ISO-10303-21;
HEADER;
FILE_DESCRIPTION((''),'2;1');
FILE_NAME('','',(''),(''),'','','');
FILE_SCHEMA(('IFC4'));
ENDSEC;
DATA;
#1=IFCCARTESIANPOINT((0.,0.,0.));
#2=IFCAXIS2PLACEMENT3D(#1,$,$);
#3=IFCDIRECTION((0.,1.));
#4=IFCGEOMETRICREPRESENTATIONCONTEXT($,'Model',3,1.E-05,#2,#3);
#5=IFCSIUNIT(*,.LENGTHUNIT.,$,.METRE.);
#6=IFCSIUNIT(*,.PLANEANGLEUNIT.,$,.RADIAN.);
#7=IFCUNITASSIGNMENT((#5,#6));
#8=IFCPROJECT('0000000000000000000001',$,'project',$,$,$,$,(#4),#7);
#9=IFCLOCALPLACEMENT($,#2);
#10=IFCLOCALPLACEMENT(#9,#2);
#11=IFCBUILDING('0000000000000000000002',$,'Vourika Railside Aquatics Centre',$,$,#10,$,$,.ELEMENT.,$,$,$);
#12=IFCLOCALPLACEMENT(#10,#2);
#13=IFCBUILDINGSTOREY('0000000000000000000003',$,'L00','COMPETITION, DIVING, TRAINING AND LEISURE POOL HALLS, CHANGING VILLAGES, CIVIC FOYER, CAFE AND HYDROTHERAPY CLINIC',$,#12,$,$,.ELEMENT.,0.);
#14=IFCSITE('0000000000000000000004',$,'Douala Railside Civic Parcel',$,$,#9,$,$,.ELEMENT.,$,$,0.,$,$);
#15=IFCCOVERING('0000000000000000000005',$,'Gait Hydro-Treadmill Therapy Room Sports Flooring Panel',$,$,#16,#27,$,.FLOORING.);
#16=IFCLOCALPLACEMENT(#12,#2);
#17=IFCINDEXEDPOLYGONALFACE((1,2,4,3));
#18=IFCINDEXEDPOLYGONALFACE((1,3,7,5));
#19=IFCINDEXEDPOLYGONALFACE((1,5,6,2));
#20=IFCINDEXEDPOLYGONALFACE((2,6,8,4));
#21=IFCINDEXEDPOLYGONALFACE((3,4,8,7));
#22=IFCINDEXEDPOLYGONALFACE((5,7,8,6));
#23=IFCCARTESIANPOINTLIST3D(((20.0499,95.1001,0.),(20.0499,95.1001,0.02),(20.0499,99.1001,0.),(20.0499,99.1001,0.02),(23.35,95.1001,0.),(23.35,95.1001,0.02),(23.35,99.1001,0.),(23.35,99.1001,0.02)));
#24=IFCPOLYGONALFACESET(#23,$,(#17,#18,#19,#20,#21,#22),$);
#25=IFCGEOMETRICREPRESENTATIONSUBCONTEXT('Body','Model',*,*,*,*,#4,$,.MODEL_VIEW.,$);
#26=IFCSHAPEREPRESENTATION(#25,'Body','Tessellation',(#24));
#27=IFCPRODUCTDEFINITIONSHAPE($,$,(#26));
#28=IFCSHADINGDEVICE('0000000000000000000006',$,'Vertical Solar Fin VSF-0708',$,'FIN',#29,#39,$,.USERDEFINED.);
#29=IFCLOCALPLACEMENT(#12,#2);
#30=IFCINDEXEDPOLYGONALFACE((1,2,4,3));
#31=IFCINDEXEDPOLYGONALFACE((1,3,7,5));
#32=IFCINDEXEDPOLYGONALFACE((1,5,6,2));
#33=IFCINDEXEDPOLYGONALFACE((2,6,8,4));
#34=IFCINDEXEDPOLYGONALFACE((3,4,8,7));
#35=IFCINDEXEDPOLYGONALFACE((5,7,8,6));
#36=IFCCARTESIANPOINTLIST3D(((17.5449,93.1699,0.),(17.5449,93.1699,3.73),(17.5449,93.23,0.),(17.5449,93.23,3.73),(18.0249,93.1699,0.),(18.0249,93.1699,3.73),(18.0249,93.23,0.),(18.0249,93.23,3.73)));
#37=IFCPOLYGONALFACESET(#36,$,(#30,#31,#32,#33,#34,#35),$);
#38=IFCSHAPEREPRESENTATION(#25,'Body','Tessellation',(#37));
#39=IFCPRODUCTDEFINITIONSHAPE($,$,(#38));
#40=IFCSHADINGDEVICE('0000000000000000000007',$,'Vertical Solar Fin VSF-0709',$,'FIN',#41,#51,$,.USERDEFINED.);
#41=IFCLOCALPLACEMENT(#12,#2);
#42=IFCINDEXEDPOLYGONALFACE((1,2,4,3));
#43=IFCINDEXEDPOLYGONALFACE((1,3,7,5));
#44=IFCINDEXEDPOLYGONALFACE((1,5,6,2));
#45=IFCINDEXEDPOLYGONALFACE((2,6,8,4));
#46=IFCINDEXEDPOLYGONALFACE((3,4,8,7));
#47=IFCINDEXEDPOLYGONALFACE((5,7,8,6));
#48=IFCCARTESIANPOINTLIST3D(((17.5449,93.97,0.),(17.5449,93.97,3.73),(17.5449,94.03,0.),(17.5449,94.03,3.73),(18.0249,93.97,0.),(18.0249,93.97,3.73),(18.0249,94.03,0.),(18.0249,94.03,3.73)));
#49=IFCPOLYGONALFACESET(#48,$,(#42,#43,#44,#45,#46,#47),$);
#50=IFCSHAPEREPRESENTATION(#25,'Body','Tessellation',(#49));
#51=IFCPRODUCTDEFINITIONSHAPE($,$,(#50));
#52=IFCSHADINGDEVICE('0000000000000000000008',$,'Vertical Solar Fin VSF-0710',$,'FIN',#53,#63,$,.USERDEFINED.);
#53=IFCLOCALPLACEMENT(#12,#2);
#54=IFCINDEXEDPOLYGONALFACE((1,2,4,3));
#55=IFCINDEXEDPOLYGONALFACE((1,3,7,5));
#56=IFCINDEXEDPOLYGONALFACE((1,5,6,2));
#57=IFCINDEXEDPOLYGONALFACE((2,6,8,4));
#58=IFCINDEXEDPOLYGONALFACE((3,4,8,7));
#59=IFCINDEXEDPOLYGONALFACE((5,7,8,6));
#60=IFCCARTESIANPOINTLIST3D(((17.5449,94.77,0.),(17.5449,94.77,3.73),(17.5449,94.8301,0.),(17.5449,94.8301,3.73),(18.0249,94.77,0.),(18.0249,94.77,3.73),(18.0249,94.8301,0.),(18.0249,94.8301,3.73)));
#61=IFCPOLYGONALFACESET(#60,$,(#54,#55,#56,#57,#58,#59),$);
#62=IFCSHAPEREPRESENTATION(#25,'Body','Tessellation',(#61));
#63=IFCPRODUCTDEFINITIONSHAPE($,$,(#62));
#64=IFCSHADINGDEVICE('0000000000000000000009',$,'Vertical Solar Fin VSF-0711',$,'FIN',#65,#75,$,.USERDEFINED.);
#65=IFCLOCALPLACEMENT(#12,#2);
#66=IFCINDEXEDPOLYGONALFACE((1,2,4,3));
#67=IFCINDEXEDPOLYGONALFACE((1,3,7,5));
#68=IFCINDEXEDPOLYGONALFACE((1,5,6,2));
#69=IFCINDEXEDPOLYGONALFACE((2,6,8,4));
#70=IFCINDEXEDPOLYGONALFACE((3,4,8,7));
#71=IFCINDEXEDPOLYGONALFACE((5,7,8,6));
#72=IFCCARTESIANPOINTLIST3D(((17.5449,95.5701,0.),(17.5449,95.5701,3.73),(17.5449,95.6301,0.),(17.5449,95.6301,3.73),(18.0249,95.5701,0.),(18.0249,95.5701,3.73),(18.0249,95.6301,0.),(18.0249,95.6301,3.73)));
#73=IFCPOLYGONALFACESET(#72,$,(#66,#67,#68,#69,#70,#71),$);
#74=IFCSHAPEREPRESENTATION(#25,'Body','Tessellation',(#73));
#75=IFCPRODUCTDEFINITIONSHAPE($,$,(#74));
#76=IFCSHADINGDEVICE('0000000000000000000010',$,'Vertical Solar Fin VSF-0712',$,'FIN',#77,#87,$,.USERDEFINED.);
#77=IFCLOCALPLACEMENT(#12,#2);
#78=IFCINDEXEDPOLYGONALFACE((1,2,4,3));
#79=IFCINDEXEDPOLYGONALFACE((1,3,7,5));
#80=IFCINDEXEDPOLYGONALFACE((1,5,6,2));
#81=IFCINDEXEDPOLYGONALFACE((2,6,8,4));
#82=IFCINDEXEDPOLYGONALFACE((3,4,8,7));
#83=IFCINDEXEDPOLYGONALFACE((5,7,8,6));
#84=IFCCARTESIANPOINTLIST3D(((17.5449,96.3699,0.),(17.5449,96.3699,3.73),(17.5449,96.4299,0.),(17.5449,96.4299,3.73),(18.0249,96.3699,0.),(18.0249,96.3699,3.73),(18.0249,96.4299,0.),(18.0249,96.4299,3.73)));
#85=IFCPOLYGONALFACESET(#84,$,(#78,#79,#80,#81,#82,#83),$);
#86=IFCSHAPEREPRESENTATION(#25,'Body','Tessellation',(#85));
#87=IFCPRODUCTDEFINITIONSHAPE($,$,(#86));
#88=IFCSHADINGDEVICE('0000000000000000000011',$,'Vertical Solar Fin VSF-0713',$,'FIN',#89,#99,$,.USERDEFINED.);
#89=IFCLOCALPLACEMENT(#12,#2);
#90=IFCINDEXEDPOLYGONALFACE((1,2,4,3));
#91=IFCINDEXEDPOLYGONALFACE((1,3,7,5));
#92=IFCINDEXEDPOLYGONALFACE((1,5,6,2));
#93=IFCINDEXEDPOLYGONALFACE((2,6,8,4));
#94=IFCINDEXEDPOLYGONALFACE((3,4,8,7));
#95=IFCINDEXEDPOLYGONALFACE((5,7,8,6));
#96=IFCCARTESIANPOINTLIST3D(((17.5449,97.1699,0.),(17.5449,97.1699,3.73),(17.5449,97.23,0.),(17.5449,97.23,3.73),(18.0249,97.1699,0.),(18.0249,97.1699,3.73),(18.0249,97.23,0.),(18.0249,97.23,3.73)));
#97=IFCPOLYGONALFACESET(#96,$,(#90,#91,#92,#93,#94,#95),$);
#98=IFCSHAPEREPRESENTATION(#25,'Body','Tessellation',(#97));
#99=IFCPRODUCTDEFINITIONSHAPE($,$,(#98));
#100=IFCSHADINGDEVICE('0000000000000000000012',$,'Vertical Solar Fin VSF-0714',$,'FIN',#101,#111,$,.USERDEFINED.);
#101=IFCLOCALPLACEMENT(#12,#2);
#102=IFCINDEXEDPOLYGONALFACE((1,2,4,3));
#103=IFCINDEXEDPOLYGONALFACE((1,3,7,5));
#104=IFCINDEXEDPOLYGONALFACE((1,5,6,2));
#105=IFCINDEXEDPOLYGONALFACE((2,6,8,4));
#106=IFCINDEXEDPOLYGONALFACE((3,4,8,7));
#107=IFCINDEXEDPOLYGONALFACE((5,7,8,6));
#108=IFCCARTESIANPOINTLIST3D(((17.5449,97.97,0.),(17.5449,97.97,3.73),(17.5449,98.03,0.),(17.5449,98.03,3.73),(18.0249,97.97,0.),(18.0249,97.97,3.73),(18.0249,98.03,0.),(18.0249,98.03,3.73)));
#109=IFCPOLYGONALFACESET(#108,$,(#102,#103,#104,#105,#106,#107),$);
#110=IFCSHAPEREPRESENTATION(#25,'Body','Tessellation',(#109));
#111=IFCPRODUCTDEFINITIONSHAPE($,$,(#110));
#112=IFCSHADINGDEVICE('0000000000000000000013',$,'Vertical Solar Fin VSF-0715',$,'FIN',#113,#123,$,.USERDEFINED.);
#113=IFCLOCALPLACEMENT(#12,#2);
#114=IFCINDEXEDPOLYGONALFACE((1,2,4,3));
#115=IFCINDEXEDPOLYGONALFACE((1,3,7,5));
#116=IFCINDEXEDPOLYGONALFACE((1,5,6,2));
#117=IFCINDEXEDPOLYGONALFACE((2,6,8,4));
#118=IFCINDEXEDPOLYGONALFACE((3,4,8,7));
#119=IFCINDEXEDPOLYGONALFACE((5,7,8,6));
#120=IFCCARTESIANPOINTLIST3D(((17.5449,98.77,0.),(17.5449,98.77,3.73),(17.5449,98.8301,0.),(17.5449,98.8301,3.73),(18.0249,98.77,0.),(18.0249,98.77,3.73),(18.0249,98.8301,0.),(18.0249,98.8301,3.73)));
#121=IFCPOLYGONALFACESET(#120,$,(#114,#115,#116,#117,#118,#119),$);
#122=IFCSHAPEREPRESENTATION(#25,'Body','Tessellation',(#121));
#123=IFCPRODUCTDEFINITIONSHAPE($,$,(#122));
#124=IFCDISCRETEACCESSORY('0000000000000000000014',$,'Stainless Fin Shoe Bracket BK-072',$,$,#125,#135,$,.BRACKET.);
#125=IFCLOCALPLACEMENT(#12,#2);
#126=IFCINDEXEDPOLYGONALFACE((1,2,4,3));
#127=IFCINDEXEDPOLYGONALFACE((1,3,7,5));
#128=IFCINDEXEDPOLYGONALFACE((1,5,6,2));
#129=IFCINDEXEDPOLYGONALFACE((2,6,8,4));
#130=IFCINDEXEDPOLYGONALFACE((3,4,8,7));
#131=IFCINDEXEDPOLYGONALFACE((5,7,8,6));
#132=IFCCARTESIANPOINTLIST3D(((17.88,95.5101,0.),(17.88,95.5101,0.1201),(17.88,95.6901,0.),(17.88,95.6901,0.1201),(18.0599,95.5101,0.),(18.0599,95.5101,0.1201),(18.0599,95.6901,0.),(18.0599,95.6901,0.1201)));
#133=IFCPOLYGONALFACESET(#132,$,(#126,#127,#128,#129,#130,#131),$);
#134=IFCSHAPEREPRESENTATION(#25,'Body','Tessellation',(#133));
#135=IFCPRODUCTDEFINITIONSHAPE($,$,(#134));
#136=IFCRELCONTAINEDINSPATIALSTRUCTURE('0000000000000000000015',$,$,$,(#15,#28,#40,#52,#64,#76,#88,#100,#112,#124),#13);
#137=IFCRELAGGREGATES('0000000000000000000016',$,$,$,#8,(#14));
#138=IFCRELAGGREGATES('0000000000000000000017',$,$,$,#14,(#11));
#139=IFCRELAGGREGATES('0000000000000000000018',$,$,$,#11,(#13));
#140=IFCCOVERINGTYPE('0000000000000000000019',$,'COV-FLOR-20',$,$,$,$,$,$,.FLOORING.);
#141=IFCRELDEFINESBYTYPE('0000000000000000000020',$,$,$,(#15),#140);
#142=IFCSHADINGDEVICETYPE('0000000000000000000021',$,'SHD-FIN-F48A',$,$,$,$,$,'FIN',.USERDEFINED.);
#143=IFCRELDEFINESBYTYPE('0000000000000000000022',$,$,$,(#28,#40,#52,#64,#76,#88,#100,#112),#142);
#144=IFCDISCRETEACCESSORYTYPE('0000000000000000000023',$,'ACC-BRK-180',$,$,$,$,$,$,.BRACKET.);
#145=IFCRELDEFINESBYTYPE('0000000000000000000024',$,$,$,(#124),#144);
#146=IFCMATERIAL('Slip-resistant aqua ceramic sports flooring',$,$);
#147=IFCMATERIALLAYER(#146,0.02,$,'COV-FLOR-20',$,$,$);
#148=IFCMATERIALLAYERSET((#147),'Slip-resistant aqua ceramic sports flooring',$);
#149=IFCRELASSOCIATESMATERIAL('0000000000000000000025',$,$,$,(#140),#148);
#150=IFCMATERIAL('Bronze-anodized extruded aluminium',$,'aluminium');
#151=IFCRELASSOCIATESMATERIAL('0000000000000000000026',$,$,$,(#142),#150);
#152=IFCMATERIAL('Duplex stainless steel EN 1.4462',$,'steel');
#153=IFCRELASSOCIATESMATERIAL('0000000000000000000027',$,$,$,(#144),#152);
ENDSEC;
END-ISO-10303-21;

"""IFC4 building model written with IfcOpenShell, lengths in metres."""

from ifc_helpers import new_model, si_unit, direction, frame, origin, origin_2d, place, context, subcontext, project, spatial, rectangle, extrude, material, layer, layer_set, material_profile, profile_set, type_object, element, save


model = new_model("IFC4")

# Units and contexts
model_context = context("Model", 3, precision=1e-05, world=origin(), true_north=direction((0.0, 1.0)))
body_context = subcontext(model_context, "Body", "Model", "MODEL_VIEW")
ifc_project = project(units=[si_unit("LENGTHUNIT", "METRE"), si_unit("PLANEANGLEUNIT", "RADIAN")], contexts=[model_context])

# Site, building, storey
site_placement = place(None, origin())
site = spatial("IfcSite", under=ifc_project, at=site_placement, Name="Douala Railside Civic Parcel", CompositionType="ELEMENT", RefElevation=0.0)
building_placement = place(site_placement, origin())
building = spatial("IfcBuilding", under=site, at=building_placement, Name="Vourika Railside Aquatics Centre", CompositionType="ELEMENT")
storey_placement = place(building_placement, origin())
storey = spatial("IfcBuildingStorey", under=building, at=storey_placement, Name="L00", Description="COMPETITION, DIVING, TRAINING AND LEISURE POOL HALLS, CHANGING VILLAGES, CIVIC FOYER, CAFE AND HYDROTHERAPY CLINIC", CompositionType="ELEMENT", Elevation=0.0)

# Covering
ifc_material_1 = material(Name="Slip-resistant aqua ceramic sports flooring")
ifc_layer_1 = layer(ifc_material_1, 0.02, Name="COV-FLOR-20")
ifc_layer_set_1 = layer_set([ifc_layer_1], Name="Slip-resistant aqua ceramic sports flooring")
covering_type_1 = type_object("IfcCoveringType", Name="COV-FLOR-20", PredefinedType="FLOORING", material=ifc_layer_set_1)
covering_1_placement = place(storey_placement, frame((21.7, 97.1001, 0.0), z_axis=(0.0, 0.0, 1.0), x_axis=(1.0, 0.0, 0.0)))
element("IfcCovering", 1, at=covering_1_placement, inside=storey, type_object=covering_type_1, Name="Gait Hydro-Treadmill Therapy Room Sports Flooring Panel", PredefinedType="FLOORING", context=body_context, shape_type="SweptSolid", body=[
    extrude(rectangle(XDim=3.3, YDim=4.0, at=origin_2d()), origin(), (0.0, 0.0, 1.0), 0.02),
])

# Shading devices
ifc_material_2 = material(Name="Bronze-anodized extruded aluminium", Category="aluminium")
ifc_material_profile_1 = material_profile(ifc_material_2, rectangle(XDim=0.0601, YDim=0.48, at=origin_2d()), Name="ALU-FIN 60x480")
ifc_profile_set_1 = profile_set([ifc_material_profile_1], Name="Bronze-anodized extruded aluminium")
shading_device_type = type_object("IfcShadingDeviceType", Name="SHD-FIN-F48A", ElementType="FIN", PredefinedType="USERDEFINED", material=ifc_profile_set_1)
for number, where, z_axis, x_axis, name in (
    (2, (17.7849, 93.2, 0.0), (0.0, 0.0, 1.0), (0.0, 1.0, 0.0), "Vertical Solar Fin VSF-0708"),
    (3, (17.7849, 94.0, 0.0), (0.0, 0.0, 1.0), (0.0, 1.0, 0.0), "Vertical Solar Fin VSF-0709"),
    (4, (17.7849, 94.8, 0.0), (0.0, 0.0, 1.0), (0.0, 1.0, 0.0), "Vertical Solar Fin VSF-0710"),
    (5, (17.7849, 95.6001, 0.0), (0.0, 0.0, 1.0), (0.0, 1.0, 0.0), "Vertical Solar Fin VSF-0711"),
    (6, (17.7849, 96.3999, 0.0), (0.0, 0.0, 1.0), (0.0, 1.0, 0.0), "Vertical Solar Fin VSF-0712"),
    (7, (17.7849, 97.2, 0.0), (0.0, 0.0, 1.0), (0.0, 1.0, 0.0), "Vertical Solar Fin VSF-0713"),
    (8, (17.7849, 98.0, 0.0), (0.0, 0.0, 1.0), (0.0, 1.0, 0.0), "Vertical Solar Fin VSF-0714"),
    (9, (17.7849, 98.8, 0.0), (0.0, 0.0, 1.0), (0.0, 1.0, 0.0), "Vertical Solar Fin VSF-0715"),
):
    element("IfcShadingDevice", number, at=place(storey_placement, frame(where, z_axis=z_axis, x_axis=x_axis)), inside=storey, type_object=shading_device_type, Name=name, ObjectType="FIN", PredefinedType="USERDEFINED", context=body_context, shape_type="SweptSolid", body=[
        extrude(rectangle(XDim=0.0601, YDim=0.48, at=origin_2d()), origin(), (0.0, 0.0, 1.0), 3.73),
    ])

# Discrete accessory
ifc_material_3 = material(Name="Duplex stainless steel EN 1.4462", Category="steel")
discrete_accessory_type = type_object("IfcDiscreteAccessoryType", Name="ACC-BRK-180", PredefinedType="BRACKET", material=ifc_material_3)
discrete_accessory_placement = place(storey_placement, frame((17.97, 95.6001, 0.0), z_axis=(0.0, 0.0, 1.0), x_axis=(-1.0, 0.0, 0.0)))
element("IfcDiscreteAccessory", 10, at=discrete_accessory_placement, inside=storey, type_object=discrete_accessory_type, Name="Stainless Fin Shoe Bracket BK-072", PredefinedType="BRACKET", context=body_context, shape_type="SweptSolid", body=[
    extrude(rectangle(XDim=0.1799, YDim=0.1799, at=origin_2d()), origin(), (0.0, 0.0, 1.0), 0.1201),
])

save(model, "model.ifc")
